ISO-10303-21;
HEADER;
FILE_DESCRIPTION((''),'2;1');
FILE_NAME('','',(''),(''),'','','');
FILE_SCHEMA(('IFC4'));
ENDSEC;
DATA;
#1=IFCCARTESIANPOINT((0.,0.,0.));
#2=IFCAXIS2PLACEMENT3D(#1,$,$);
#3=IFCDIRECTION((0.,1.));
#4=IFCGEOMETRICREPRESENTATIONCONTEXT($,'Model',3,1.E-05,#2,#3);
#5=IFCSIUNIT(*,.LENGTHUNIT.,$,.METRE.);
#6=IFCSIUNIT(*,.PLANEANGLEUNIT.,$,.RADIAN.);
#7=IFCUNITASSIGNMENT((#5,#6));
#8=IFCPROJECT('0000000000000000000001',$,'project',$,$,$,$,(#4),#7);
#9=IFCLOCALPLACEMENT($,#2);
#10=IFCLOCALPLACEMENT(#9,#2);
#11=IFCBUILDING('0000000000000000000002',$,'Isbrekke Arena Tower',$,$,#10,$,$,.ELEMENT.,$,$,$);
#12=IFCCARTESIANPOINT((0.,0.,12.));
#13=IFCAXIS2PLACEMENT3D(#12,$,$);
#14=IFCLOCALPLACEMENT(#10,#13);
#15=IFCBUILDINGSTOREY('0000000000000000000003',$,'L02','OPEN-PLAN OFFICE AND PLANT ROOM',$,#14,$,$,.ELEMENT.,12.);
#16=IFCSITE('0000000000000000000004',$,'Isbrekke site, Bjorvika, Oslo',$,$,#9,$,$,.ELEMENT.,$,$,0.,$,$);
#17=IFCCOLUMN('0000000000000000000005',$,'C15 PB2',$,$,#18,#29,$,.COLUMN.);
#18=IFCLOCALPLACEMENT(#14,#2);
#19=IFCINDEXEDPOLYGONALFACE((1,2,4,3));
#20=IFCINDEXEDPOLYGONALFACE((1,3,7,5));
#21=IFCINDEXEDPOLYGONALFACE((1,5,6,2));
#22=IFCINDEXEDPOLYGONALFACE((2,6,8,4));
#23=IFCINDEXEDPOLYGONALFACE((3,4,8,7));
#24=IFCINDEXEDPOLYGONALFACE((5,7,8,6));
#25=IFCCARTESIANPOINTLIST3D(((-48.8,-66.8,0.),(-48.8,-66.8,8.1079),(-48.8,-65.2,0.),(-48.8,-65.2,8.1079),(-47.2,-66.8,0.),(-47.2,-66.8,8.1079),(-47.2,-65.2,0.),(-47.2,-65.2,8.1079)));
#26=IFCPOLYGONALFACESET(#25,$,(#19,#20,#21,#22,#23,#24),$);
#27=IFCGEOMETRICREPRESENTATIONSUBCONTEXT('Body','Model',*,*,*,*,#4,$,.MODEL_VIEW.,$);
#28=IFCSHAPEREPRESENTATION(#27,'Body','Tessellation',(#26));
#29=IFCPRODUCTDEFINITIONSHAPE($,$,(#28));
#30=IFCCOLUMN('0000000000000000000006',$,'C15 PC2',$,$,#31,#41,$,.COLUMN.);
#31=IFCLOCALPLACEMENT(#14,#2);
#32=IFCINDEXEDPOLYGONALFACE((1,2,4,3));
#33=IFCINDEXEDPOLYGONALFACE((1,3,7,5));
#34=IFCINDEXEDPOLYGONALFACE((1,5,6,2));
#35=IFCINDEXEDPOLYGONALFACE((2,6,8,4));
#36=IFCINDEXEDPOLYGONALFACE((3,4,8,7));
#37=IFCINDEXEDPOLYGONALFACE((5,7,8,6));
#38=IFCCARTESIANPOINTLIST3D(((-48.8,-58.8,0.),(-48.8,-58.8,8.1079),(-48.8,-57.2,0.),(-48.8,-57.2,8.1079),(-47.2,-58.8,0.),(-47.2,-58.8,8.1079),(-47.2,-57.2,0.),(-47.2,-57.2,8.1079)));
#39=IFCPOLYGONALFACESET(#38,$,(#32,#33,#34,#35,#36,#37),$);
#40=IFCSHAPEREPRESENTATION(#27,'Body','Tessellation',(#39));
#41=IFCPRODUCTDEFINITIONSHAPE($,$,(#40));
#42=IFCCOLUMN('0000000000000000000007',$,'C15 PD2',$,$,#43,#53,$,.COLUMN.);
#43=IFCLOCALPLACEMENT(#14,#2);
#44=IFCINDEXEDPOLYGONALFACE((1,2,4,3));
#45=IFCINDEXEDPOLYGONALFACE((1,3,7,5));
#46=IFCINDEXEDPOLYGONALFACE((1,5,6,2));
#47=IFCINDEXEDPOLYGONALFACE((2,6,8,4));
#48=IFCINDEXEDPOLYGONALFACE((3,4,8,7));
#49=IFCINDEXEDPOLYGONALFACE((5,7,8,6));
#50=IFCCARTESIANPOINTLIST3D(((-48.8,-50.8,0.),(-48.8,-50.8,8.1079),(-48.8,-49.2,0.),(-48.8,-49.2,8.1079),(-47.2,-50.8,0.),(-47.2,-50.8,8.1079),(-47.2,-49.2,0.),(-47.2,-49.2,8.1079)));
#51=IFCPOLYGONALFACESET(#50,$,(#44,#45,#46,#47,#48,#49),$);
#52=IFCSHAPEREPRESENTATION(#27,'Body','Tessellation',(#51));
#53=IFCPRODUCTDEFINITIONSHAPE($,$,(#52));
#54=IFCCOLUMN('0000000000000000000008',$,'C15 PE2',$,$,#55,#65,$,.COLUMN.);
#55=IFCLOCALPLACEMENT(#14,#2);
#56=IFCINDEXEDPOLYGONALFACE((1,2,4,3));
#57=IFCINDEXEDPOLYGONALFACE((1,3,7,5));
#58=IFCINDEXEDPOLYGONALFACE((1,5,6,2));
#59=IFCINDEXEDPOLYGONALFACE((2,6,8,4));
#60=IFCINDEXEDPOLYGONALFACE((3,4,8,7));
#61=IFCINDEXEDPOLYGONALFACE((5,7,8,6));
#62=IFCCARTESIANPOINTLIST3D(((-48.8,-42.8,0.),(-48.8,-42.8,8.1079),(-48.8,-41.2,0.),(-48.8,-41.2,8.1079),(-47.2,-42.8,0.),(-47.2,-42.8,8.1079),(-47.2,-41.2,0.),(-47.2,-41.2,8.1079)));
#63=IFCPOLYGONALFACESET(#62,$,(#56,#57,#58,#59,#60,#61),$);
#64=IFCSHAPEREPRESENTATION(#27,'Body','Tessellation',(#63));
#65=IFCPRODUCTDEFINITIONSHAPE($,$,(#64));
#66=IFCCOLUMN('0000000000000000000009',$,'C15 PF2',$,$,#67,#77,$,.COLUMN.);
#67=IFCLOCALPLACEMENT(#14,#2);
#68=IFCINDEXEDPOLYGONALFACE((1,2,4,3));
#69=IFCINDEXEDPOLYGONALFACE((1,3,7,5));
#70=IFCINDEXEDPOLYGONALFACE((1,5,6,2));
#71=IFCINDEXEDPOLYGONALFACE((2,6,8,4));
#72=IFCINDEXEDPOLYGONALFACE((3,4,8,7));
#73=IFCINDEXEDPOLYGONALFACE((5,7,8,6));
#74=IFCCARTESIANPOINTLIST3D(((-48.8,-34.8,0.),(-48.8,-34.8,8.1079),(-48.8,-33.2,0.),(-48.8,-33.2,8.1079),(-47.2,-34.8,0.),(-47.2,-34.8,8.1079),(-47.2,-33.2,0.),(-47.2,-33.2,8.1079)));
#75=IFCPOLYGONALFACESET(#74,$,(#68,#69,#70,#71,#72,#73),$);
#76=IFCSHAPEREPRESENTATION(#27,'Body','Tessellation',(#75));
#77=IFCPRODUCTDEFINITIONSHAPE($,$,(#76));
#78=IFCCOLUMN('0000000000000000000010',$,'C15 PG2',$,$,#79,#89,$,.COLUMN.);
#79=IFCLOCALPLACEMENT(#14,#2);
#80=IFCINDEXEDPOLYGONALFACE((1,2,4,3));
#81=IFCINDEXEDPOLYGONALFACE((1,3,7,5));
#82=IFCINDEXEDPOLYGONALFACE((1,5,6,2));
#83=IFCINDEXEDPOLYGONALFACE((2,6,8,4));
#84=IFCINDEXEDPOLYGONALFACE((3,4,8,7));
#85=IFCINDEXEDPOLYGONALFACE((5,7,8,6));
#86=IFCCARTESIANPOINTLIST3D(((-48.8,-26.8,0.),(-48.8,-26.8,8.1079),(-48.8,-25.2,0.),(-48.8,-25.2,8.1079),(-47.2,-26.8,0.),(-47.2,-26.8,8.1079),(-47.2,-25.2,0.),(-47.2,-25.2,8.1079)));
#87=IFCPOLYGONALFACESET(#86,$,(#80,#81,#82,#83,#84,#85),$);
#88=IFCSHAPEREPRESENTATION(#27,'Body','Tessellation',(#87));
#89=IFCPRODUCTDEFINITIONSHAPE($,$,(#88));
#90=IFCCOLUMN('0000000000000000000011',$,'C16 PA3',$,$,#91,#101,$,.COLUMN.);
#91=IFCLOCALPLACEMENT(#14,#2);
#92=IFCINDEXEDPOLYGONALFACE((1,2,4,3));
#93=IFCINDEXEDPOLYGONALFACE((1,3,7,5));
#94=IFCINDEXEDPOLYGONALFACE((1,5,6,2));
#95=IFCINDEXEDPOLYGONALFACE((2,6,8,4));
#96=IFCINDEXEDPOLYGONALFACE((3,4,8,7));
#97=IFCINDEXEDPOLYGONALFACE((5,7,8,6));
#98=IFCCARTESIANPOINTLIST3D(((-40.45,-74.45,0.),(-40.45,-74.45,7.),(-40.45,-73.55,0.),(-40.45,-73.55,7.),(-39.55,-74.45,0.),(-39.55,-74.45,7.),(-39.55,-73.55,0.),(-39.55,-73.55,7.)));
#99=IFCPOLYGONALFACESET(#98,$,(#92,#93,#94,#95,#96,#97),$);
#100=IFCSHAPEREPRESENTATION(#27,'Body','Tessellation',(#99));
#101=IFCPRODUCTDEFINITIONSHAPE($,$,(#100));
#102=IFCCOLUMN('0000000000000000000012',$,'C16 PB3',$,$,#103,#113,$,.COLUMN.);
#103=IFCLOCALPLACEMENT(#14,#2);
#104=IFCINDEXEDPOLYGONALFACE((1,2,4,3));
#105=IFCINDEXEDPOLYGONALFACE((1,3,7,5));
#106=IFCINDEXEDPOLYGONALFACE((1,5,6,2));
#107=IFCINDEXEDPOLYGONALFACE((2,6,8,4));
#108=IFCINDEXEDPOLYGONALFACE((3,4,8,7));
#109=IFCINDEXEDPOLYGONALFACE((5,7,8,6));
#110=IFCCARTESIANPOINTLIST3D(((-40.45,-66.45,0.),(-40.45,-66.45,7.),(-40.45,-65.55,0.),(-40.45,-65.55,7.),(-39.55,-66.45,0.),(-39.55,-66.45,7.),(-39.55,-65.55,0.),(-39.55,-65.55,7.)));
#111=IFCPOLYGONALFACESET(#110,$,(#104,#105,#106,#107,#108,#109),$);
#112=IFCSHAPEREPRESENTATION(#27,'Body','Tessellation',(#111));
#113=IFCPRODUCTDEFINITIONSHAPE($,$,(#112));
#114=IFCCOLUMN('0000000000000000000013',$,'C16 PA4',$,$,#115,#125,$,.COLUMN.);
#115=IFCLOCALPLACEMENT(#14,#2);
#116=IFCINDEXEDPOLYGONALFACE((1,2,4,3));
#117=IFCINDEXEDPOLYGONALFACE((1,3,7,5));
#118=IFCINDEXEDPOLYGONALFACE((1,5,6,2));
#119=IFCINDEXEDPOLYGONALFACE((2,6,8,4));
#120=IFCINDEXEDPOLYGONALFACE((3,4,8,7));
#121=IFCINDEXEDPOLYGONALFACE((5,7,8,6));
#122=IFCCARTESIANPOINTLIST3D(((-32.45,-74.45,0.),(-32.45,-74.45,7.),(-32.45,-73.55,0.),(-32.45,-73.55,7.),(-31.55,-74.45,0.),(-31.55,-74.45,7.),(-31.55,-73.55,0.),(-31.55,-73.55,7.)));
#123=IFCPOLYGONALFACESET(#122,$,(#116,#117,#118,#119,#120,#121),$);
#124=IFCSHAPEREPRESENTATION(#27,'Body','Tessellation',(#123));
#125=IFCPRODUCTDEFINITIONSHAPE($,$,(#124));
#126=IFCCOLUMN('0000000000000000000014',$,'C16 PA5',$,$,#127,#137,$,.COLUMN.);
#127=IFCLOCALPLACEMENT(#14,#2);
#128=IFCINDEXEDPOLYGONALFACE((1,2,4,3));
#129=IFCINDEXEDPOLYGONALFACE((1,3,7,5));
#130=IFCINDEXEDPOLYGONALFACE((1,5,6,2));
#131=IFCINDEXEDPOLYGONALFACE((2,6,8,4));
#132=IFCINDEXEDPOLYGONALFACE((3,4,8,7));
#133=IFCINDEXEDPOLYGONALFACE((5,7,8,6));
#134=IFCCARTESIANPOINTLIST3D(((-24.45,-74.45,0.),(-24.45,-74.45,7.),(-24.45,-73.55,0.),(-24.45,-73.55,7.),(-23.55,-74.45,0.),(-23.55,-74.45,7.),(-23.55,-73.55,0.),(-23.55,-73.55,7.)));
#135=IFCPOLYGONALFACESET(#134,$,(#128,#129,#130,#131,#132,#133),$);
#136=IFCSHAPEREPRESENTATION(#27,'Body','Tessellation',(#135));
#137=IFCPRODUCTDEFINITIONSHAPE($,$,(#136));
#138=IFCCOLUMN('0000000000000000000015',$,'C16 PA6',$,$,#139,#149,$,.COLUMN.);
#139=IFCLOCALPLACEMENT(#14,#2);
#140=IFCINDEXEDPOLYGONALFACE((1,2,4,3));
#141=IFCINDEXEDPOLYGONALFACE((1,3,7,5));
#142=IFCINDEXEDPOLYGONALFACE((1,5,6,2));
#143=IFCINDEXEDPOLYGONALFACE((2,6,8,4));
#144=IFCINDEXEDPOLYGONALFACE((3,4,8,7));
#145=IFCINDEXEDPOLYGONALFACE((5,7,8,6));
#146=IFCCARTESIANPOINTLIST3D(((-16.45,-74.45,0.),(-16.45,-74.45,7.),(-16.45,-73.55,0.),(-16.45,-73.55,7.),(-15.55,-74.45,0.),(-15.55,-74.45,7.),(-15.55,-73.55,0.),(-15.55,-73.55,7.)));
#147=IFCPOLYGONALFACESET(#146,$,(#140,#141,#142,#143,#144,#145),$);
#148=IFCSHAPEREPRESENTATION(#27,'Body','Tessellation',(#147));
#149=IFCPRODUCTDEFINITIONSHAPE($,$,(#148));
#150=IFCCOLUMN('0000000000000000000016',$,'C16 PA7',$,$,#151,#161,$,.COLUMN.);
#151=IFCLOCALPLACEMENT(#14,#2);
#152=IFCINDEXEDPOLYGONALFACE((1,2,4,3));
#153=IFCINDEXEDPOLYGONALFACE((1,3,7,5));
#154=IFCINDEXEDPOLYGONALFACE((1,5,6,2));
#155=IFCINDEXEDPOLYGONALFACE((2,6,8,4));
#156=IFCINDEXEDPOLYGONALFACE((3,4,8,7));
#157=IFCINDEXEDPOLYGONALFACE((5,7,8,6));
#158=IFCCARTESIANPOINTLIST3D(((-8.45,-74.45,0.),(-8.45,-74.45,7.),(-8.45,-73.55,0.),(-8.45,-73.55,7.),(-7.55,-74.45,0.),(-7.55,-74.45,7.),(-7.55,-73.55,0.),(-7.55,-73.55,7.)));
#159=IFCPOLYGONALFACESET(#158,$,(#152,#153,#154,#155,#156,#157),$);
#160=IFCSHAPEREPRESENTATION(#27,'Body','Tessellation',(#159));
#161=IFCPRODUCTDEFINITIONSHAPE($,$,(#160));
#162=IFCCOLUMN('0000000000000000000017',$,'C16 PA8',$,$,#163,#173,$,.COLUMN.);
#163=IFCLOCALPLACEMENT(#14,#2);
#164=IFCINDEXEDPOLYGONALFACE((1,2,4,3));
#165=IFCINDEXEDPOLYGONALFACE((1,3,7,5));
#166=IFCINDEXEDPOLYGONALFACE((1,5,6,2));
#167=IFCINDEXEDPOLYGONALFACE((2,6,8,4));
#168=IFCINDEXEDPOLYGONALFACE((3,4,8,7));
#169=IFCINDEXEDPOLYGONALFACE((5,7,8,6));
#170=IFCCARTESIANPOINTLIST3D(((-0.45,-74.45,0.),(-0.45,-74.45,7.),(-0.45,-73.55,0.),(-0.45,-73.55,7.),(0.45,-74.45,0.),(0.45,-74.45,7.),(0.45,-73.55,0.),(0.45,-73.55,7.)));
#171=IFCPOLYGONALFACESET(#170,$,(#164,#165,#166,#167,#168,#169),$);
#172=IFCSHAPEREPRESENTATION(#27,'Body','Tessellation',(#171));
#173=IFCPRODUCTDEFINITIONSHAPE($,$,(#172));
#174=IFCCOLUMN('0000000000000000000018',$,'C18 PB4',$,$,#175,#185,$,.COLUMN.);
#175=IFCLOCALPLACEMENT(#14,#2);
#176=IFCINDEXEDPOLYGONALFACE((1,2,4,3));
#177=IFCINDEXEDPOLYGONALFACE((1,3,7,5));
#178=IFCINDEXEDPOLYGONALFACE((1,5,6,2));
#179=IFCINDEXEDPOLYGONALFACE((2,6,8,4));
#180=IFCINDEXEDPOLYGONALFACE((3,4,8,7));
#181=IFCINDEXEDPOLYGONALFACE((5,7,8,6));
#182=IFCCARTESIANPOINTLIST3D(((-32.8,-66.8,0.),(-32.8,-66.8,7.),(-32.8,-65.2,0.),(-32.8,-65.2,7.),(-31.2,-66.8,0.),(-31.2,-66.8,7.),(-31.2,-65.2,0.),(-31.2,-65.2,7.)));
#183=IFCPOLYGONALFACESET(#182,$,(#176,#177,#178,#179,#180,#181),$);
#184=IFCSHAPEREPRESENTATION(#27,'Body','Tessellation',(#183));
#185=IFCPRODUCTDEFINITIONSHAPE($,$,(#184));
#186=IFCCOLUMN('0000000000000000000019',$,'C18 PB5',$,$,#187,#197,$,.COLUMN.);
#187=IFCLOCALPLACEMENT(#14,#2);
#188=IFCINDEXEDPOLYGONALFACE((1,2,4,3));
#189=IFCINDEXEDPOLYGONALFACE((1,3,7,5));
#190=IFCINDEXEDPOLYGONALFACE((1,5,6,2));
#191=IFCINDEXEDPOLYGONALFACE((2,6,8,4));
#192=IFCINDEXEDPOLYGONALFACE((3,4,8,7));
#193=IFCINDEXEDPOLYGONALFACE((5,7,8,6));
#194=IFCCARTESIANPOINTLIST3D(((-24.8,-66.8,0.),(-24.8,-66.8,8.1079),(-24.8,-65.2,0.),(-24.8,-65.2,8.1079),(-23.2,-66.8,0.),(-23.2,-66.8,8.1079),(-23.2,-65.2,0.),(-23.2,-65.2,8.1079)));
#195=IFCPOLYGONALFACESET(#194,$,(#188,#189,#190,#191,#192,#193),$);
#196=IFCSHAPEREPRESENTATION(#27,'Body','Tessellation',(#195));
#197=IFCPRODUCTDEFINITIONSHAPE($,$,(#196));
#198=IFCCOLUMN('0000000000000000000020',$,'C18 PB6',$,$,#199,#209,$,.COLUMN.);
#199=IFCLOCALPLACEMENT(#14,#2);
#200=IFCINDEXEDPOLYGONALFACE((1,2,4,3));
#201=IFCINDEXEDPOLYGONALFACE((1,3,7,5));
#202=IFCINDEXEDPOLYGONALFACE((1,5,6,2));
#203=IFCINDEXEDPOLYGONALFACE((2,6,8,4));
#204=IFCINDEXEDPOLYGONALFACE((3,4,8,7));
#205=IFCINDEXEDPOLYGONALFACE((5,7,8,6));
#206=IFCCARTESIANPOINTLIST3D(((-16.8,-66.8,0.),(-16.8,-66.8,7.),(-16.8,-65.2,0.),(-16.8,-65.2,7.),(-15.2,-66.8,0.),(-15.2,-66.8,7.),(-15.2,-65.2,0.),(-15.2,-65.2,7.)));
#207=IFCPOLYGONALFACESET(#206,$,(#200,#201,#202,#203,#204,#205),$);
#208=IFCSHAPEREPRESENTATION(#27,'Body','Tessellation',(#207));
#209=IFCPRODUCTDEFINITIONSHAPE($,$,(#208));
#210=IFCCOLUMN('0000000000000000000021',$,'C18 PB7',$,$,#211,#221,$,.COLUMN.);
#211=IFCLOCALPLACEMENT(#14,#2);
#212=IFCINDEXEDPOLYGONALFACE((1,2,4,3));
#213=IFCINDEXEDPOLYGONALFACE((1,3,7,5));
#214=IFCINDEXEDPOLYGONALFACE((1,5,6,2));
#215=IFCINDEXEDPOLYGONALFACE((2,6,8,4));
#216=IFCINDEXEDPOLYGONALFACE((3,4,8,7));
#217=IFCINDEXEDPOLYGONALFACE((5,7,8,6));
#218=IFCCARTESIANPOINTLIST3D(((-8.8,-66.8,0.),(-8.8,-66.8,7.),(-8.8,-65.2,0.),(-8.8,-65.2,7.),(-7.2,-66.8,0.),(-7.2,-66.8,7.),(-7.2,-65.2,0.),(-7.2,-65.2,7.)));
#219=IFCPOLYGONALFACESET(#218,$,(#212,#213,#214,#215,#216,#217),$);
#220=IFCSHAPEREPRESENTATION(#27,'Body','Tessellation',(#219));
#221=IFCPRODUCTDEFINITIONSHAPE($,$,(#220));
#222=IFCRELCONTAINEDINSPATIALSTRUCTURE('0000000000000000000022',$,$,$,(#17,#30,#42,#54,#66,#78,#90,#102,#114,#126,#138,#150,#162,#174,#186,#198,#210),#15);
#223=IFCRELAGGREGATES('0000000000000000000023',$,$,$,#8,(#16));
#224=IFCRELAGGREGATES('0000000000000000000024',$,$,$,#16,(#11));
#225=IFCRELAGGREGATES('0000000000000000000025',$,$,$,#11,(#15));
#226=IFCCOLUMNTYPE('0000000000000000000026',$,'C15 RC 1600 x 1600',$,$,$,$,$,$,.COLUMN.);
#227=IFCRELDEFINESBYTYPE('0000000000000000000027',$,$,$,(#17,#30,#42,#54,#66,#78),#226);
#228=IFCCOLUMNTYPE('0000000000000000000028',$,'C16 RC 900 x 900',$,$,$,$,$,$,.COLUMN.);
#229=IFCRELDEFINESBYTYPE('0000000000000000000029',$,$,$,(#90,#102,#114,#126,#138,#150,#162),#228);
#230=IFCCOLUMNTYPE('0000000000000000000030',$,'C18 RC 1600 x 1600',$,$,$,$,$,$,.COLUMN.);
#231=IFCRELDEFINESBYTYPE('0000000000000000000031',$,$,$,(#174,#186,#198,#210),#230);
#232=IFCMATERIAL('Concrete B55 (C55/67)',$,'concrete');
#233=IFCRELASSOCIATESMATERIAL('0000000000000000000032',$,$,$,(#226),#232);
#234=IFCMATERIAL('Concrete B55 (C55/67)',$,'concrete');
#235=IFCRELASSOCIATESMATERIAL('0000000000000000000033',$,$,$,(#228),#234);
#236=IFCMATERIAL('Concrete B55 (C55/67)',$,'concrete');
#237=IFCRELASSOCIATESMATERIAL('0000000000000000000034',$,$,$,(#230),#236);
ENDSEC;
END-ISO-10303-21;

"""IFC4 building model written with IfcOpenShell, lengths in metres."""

from ifc_helpers import new_model, si_unit, direction, frame, origin, origin_2d, place, context, subcontext, project, spatial, rectangle, extrude, material, material_profile, profile_set, type_object, element, save


model = new_model("IFC4")

# Units and contexts
model_context = context("Model", 3, precision=1e-05, world=origin(), true_north=direction((0.0, 1.0)))
body_context = subcontext(model_context, "Body", "Model", "MODEL_VIEW")
ifc_project = project(units=[si_unit("LENGTHUNIT", "METRE"), si_unit("PLANEANGLEUNIT", "RADIAN")], contexts=[model_context])

# Site, building, storey
site_placement = place(None, origin())
site = spatial("IfcSite", under=ifc_project, at=site_placement, Name="Isbrekke site, Bjorvika, Oslo", CompositionType="ELEMENT", RefElevation=0.0)
building_placement = place(site_placement, origin())
building = spatial("IfcBuilding", under=site, at=building_placement, Name="Isbrekke Arena Tower", CompositionType="ELEMENT")
storey_placement = place(building_placement, frame((0.0, 0.0, 12.0)))
storey = spatial("IfcBuildingStorey", under=building, at=storey_placement, Name="L02", Description="OPEN-PLAN OFFICE AND PLANT ROOM", CompositionType="ELEMENT", Elevation=12.0)

# Columns
ifc_material_1 = material(Name="Concrete B55 (C55/67)", Category="concrete")
ifc_material_profile_1 = material_profile(ifc_material_1, rectangle(XDim=1.6001, YDim=1.6001, at=origin_2d()), Name="RC 1600x1600")
ifc_profile_set_1 = profile_set([ifc_material_profile_1], Name="Concrete B55 (C55/67)")
column_type_1 = type_object("IfcColumnType", Name="C15 RC 1600 x 1600", PredefinedType="COLUMN", material=ifc_profile_set_1)
for number, where, z_axis, x_axis, name in (
    (1, (-48.0, -66.0, 0.0), (0.0, 0.0, 1.0), (1.0, 0.0, 0.0), "C15 PB2"),
    (2, (-48.0, -58.0, 0.0), (0.0, 0.0, 1.0), (1.0, 0.0, 0.0), "C15 PC2"),
    (3, (-48.0, -50.0, 0.0), (0.0, 0.0, 1.0), (1.0, 0.0, 0.0), "C15 PD2"),
    (4, (-48.0, -42.0, 0.0), (0.0, 0.0, 1.0), (1.0, 0.0, 0.0), "C15 PE2"),
    (5, (-48.0, -34.0, 0.0), (0.0, 0.0, 1.0), (1.0, 0.0, 0.0), "C15 PF2"),
    (6, (-48.0, -26.0, 0.0), (0.0, 0.0, 1.0), (1.0, 0.0, 0.0), "C15 PG2"),
):
    element("IfcColumn", number, at=place(storey_placement, frame(where, z_axis=z_axis, x_axis=x_axis)), inside=storey, type_object=column_type_1, Name=name, PredefinedType="COLUMN", context=body_context, shape_type="SweptSolid", body=[
        extrude(rectangle(XDim=1.6001, YDim=1.6001, at=origin_2d()), origin(), (0.0, 0.0, 1.0), 8.1079),
    ])
ifc_material_2 = material(Name="Concrete B55 (C55/67)", Category="concrete")
ifc_material_profile_2 = material_profile(ifc_material_2, rectangle(XDim=0.8999, YDim=0.8999, at=origin_2d()), Name="RC 900x900")
ifc_profile_set_2 = profile_set([ifc_material_profile_2], Name="Concrete B55 (C55/67)")
column_type_2 = type_object("IfcColumnType", Name="C16 RC 900 x 900", PredefinedType="COLUMN", material=ifc_profile_set_2)
for number, where, z_axis, x_axis, name in (
    (7, (-40.0, -74.0, 0.0), (0.0, 0.0, 1.0), (1.0, 0.0, 0.0), "C16 PA3"),
    (8, (-40.0, -66.0, 0.0), (0.0, 0.0, 1.0), (1.0, 0.0, 0.0), "C16 PB3"),
    (9, (-32.0, -74.0, 0.0), (0.0, 0.0, 1.0), (1.0, 0.0, 0.0), "C16 PA4"),
    (10, (-24.0, -74.0, 0.0), (0.0, 0.0, 1.0), (1.0, 0.0, 0.0), "C16 PA5"),
    (11, (-16.0, -74.0, 0.0), (0.0, 0.0, 1.0), (1.0, 0.0, 0.0), "C16 PA6"),
    (12, (-8.0, -74.0, 0.0), (0.0, 0.0, 1.0), (1.0, 0.0, 0.0), "C16 PA7"),
    (13, (0.0, -74.0, 0.0), (0.0, 0.0, 1.0), (1.0, 0.0, 0.0), "C16 PA8"),
):
    element("IfcColumn", number, at=place(storey_placement, frame(where, z_axis=z_axis, x_axis=x_axis)), inside=storey, type_object=column_type_2, Name=name, PredefinedType="COLUMN", context=body_context, shape_type="SweptSolid", body=[
        extrude(rectangle(XDim=0.8999, YDim=0.8999, at=origin_2d()), origin(), (0.0, 0.0, 1.0), 7.0),
    ])
ifc_material_3 = material(Name="Concrete B55 (C55/67)", Category="concrete")
ifc_material_profile_3 = material_profile(ifc_material_3, rectangle(XDim=1.6001, YDim=1.6001, at=origin_2d()), Name="RC 1600x1600")
ifc_profile_set_3 = profile_set([ifc_material_profile_3], Name="Concrete B55 (C55/67)")
column_type_3 = type_object("IfcColumnType", Name="C18 RC 1600 x 1600", PredefinedType="COLUMN", material=ifc_profile_set_3)
column_1_placement = place(storey_placement, frame((-32.0, -66.0, 0.0), z_axis=(0.0, 0.0, 1.0), x_axis=(1.0, 0.0, 0.0)))
element("IfcColumn", 14, at=column_1_placement, inside=storey, type_object=column_type_3, Name="C18 PB4", PredefinedType="COLUMN", context=body_context, shape_type="SweptSolid", body=[
    extrude(rectangle(XDim=1.6001, YDim=1.6001, at=origin_2d()), origin(), (0.0, 0.0, 1.0), 7.0),
])
column_2_placement = place(storey_placement, frame((-24.0, -66.0, 0.0), z_axis=(0.0, 0.0, 1.0), x_axis=(1.0, 0.0, 0.0)))
element("IfcColumn", 15, at=column_2_placement, inside=storey, type_object=column_type_3, Name="C18 PB5", PredefinedType="COLUMN", context=body_context, shape_type="SweptSolid", body=[
    extrude(rectangle(XDim=1.6001, YDim=1.6001, at=origin_2d()), origin(), (0.0, 0.0, 1.0), 8.1079),
])
for number, where, z_axis, x_axis, name in (
    (16, (-16.0, -66.0, 0.0), (0.0, 0.0, 1.0), (1.0, 0.0, 0.0), "C18 PB6"),
    (17, (-8.0, -66.0, 0.0), (0.0, 0.0, 1.0), (1.0, 0.0, 0.0), "C18 PB7"),
):
    element("IfcColumn", number, at=place(storey_placement, frame(where, z_axis=z_axis, x_axis=x_axis)), inside=storey, type_object=column_type_3, Name=name, PredefinedType="COLUMN", context=body_context, shape_type="SweptSolid", body=[
        extrude(rectangle(XDim=1.6001, YDim=1.6001, at=origin_2d()), origin(), (0.0, 0.0, 1.0), 7.0),
    ])

save(model, "model.ifc")
